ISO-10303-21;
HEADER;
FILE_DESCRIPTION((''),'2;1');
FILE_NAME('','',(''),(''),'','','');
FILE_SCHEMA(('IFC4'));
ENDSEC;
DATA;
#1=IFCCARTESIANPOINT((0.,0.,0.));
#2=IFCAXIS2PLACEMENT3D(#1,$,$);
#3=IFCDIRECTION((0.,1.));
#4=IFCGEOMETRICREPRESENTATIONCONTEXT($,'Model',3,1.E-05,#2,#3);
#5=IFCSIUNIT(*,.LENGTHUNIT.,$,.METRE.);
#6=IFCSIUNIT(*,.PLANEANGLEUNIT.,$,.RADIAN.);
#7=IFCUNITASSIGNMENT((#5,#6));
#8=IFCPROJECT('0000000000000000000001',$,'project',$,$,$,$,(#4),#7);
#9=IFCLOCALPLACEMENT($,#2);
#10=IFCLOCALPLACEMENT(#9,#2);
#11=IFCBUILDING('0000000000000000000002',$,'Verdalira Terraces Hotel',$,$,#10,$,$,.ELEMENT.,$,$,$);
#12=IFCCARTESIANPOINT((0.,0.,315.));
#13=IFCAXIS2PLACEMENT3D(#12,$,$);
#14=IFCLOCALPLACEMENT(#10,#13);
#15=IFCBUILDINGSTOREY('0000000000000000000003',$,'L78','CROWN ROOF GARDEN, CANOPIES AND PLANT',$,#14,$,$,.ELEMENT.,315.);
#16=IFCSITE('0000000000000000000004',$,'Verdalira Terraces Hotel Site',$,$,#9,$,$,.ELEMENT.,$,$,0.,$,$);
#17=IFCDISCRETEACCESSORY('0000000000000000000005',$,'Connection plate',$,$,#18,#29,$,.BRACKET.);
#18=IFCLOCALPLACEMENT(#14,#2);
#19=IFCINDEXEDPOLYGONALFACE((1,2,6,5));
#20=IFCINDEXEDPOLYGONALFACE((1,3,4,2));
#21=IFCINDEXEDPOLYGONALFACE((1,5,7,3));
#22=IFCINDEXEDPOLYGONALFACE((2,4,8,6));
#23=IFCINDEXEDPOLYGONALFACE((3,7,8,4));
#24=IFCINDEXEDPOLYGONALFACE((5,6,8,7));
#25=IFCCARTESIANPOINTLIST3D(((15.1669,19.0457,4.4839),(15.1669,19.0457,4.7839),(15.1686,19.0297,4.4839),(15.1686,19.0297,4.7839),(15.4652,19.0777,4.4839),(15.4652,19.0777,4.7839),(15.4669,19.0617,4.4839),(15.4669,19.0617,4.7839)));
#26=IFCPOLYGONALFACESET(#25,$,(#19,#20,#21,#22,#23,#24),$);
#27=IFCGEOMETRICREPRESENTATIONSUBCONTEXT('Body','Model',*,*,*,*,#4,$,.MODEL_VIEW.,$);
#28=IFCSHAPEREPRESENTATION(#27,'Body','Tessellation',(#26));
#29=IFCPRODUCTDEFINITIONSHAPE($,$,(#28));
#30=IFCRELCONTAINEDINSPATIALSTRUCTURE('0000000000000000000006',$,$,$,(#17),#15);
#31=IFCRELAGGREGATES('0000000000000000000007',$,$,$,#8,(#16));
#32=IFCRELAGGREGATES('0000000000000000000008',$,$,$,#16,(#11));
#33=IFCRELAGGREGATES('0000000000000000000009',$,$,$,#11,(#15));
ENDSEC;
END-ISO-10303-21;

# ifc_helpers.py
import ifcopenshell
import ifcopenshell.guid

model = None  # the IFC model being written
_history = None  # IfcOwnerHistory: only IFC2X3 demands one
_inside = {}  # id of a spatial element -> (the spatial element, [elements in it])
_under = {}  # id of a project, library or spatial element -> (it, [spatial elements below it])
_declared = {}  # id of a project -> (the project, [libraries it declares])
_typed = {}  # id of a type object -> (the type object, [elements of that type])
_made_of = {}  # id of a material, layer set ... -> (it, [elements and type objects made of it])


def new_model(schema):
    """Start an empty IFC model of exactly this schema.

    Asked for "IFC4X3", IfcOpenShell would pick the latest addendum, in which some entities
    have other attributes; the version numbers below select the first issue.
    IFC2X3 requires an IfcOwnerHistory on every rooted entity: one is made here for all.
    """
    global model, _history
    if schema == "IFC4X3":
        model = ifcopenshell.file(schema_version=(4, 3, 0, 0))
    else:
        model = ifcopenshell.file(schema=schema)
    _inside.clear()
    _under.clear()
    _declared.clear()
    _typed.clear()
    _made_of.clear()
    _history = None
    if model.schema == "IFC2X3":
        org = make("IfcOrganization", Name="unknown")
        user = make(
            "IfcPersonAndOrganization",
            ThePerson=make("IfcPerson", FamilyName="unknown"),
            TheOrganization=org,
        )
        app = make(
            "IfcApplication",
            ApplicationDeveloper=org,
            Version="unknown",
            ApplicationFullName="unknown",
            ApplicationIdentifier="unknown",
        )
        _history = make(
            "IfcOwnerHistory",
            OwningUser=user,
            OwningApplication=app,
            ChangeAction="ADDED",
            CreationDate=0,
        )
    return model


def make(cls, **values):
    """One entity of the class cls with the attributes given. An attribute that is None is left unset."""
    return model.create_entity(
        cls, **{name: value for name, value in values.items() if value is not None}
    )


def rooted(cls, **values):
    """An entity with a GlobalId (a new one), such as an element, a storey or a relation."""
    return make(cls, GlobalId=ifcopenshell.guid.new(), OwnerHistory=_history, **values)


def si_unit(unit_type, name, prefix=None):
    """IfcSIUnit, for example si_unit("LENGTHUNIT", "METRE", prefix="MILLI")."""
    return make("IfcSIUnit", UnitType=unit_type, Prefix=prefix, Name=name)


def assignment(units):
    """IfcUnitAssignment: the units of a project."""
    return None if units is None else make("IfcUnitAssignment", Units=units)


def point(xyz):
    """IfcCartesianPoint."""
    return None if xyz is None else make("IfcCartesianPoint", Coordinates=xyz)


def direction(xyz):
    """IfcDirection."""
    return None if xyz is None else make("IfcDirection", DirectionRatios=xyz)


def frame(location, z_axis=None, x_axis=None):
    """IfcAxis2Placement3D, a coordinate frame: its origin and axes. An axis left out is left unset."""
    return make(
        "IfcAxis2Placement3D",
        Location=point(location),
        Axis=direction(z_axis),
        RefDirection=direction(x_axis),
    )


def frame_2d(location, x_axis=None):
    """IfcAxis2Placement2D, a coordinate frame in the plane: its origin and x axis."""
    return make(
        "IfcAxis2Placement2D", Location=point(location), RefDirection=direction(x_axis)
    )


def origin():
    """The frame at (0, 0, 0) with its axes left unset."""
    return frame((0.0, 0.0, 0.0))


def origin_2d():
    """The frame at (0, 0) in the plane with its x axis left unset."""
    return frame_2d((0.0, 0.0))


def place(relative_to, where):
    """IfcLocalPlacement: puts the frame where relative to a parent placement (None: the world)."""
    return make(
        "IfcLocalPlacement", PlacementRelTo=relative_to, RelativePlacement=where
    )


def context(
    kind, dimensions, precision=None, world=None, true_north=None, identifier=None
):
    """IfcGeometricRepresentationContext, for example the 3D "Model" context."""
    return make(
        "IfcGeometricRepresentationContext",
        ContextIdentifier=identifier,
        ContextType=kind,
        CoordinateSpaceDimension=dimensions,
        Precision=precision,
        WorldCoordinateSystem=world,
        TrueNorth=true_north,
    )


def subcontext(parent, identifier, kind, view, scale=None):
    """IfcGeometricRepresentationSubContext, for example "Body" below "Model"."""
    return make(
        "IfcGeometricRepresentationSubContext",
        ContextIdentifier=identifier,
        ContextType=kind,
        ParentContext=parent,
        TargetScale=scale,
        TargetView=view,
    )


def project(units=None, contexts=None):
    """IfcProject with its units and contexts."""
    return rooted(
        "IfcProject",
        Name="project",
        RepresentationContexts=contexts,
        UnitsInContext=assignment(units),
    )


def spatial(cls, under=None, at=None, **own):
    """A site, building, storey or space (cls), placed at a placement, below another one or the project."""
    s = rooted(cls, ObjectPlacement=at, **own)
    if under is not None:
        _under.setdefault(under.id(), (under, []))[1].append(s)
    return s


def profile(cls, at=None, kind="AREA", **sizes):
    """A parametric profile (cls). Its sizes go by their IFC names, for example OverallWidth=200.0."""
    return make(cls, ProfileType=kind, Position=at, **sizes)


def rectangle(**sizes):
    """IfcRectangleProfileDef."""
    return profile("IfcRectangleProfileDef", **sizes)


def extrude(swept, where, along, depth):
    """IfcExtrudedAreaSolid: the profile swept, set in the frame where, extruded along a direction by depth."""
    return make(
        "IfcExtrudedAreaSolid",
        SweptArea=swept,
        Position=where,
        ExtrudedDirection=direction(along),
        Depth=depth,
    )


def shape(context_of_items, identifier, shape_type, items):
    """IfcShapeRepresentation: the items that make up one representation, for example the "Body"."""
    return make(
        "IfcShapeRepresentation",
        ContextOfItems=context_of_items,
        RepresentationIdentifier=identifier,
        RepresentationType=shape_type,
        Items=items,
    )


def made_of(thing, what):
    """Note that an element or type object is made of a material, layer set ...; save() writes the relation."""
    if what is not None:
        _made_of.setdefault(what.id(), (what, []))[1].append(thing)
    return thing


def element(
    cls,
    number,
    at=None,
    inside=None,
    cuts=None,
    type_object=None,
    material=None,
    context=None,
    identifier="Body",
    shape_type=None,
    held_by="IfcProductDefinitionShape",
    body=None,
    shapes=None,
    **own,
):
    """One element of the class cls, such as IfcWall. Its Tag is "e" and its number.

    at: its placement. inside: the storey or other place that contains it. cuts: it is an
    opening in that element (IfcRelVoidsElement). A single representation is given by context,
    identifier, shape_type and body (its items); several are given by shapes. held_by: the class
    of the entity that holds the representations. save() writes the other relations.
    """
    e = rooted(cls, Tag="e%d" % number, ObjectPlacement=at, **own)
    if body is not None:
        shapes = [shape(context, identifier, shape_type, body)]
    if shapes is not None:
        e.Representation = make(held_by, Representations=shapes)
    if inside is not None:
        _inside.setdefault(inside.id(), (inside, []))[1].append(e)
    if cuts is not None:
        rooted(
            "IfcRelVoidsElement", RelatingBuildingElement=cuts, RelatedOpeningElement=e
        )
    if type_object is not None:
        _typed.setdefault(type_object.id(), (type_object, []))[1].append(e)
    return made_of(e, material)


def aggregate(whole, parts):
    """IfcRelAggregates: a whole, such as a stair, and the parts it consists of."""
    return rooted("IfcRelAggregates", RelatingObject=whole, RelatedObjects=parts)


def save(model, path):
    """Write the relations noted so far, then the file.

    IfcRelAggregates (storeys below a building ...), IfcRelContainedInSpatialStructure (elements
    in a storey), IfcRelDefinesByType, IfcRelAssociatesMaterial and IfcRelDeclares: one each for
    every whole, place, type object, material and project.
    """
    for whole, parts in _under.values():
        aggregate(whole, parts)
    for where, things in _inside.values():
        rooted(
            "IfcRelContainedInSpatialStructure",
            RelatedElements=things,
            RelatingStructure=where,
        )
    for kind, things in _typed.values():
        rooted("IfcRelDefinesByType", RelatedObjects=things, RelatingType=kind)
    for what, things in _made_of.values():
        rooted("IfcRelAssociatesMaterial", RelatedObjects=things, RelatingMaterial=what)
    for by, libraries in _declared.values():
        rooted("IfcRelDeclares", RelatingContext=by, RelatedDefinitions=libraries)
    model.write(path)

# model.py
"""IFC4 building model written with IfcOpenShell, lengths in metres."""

from ifc_helpers import new_model, si_unit, direction, frame, origin, origin_2d, place, context, subcontext, project, spatial, rectangle, extrude, element, save


model = new_model("IFC4")

# Units and contexts
model_context = context("Model", 3, precision=1e-05, world=origin(), true_north=direction((0.0, 1.0)))
body_context = subcontext(model_context, "Body", "Model", "MODEL_VIEW")
ifc_project = project(units=[si_unit("LENGTHUNIT", "METRE"), si_unit("PLANEANGLEUNIT", "RADIAN")], contexts=[model_context])

# Site, building, storey
site_placement = place(None, origin())
site = spatial("IfcSite", under=ifc_project, at=site_placement, Name="Verdalira Terraces Hotel Site", CompositionType="ELEMENT", RefElevation=0.0)
building_placement = place(site_placement, origin())
building = spatial("IfcBuilding", under=site, at=building_placement, Name="Verdalira Terraces Hotel", CompositionType="ELEMENT")
storey_placement = place(building_placement, frame((0.0, 0.0, 315.0)))
storey = spatial("IfcBuildingStorey", under=building, at=storey_placement, Name="L78", Description="CROWN ROOF GARDEN, CANOPIES AND PLANT", CompositionType="ELEMENT", Elevation=315.0)

# Discrete accessory
for number, where, z_axis, x_axis, name in (
    (1, (15.3169, 19.0537, 4.4839), (0.0, 0.0, 1.0), (0.994283, 0.106778, 0.0), "Connection plate"),
):
    element("IfcDiscreteAccessory", number, at=place(storey_placement, frame(where, z_axis=z_axis, x_axis=x_axis)), inside=storey, Name=name, PredefinedType="BRACKET", context=body_context, shape_type="SweptSolid", body=[
        extrude(rectangle(XDim=0.3, YDim=0.0161, at=origin_2d()), origin(), (0.0, 0.0, 1.0), 0.3),
    ])

save(model, "model.ifc")
